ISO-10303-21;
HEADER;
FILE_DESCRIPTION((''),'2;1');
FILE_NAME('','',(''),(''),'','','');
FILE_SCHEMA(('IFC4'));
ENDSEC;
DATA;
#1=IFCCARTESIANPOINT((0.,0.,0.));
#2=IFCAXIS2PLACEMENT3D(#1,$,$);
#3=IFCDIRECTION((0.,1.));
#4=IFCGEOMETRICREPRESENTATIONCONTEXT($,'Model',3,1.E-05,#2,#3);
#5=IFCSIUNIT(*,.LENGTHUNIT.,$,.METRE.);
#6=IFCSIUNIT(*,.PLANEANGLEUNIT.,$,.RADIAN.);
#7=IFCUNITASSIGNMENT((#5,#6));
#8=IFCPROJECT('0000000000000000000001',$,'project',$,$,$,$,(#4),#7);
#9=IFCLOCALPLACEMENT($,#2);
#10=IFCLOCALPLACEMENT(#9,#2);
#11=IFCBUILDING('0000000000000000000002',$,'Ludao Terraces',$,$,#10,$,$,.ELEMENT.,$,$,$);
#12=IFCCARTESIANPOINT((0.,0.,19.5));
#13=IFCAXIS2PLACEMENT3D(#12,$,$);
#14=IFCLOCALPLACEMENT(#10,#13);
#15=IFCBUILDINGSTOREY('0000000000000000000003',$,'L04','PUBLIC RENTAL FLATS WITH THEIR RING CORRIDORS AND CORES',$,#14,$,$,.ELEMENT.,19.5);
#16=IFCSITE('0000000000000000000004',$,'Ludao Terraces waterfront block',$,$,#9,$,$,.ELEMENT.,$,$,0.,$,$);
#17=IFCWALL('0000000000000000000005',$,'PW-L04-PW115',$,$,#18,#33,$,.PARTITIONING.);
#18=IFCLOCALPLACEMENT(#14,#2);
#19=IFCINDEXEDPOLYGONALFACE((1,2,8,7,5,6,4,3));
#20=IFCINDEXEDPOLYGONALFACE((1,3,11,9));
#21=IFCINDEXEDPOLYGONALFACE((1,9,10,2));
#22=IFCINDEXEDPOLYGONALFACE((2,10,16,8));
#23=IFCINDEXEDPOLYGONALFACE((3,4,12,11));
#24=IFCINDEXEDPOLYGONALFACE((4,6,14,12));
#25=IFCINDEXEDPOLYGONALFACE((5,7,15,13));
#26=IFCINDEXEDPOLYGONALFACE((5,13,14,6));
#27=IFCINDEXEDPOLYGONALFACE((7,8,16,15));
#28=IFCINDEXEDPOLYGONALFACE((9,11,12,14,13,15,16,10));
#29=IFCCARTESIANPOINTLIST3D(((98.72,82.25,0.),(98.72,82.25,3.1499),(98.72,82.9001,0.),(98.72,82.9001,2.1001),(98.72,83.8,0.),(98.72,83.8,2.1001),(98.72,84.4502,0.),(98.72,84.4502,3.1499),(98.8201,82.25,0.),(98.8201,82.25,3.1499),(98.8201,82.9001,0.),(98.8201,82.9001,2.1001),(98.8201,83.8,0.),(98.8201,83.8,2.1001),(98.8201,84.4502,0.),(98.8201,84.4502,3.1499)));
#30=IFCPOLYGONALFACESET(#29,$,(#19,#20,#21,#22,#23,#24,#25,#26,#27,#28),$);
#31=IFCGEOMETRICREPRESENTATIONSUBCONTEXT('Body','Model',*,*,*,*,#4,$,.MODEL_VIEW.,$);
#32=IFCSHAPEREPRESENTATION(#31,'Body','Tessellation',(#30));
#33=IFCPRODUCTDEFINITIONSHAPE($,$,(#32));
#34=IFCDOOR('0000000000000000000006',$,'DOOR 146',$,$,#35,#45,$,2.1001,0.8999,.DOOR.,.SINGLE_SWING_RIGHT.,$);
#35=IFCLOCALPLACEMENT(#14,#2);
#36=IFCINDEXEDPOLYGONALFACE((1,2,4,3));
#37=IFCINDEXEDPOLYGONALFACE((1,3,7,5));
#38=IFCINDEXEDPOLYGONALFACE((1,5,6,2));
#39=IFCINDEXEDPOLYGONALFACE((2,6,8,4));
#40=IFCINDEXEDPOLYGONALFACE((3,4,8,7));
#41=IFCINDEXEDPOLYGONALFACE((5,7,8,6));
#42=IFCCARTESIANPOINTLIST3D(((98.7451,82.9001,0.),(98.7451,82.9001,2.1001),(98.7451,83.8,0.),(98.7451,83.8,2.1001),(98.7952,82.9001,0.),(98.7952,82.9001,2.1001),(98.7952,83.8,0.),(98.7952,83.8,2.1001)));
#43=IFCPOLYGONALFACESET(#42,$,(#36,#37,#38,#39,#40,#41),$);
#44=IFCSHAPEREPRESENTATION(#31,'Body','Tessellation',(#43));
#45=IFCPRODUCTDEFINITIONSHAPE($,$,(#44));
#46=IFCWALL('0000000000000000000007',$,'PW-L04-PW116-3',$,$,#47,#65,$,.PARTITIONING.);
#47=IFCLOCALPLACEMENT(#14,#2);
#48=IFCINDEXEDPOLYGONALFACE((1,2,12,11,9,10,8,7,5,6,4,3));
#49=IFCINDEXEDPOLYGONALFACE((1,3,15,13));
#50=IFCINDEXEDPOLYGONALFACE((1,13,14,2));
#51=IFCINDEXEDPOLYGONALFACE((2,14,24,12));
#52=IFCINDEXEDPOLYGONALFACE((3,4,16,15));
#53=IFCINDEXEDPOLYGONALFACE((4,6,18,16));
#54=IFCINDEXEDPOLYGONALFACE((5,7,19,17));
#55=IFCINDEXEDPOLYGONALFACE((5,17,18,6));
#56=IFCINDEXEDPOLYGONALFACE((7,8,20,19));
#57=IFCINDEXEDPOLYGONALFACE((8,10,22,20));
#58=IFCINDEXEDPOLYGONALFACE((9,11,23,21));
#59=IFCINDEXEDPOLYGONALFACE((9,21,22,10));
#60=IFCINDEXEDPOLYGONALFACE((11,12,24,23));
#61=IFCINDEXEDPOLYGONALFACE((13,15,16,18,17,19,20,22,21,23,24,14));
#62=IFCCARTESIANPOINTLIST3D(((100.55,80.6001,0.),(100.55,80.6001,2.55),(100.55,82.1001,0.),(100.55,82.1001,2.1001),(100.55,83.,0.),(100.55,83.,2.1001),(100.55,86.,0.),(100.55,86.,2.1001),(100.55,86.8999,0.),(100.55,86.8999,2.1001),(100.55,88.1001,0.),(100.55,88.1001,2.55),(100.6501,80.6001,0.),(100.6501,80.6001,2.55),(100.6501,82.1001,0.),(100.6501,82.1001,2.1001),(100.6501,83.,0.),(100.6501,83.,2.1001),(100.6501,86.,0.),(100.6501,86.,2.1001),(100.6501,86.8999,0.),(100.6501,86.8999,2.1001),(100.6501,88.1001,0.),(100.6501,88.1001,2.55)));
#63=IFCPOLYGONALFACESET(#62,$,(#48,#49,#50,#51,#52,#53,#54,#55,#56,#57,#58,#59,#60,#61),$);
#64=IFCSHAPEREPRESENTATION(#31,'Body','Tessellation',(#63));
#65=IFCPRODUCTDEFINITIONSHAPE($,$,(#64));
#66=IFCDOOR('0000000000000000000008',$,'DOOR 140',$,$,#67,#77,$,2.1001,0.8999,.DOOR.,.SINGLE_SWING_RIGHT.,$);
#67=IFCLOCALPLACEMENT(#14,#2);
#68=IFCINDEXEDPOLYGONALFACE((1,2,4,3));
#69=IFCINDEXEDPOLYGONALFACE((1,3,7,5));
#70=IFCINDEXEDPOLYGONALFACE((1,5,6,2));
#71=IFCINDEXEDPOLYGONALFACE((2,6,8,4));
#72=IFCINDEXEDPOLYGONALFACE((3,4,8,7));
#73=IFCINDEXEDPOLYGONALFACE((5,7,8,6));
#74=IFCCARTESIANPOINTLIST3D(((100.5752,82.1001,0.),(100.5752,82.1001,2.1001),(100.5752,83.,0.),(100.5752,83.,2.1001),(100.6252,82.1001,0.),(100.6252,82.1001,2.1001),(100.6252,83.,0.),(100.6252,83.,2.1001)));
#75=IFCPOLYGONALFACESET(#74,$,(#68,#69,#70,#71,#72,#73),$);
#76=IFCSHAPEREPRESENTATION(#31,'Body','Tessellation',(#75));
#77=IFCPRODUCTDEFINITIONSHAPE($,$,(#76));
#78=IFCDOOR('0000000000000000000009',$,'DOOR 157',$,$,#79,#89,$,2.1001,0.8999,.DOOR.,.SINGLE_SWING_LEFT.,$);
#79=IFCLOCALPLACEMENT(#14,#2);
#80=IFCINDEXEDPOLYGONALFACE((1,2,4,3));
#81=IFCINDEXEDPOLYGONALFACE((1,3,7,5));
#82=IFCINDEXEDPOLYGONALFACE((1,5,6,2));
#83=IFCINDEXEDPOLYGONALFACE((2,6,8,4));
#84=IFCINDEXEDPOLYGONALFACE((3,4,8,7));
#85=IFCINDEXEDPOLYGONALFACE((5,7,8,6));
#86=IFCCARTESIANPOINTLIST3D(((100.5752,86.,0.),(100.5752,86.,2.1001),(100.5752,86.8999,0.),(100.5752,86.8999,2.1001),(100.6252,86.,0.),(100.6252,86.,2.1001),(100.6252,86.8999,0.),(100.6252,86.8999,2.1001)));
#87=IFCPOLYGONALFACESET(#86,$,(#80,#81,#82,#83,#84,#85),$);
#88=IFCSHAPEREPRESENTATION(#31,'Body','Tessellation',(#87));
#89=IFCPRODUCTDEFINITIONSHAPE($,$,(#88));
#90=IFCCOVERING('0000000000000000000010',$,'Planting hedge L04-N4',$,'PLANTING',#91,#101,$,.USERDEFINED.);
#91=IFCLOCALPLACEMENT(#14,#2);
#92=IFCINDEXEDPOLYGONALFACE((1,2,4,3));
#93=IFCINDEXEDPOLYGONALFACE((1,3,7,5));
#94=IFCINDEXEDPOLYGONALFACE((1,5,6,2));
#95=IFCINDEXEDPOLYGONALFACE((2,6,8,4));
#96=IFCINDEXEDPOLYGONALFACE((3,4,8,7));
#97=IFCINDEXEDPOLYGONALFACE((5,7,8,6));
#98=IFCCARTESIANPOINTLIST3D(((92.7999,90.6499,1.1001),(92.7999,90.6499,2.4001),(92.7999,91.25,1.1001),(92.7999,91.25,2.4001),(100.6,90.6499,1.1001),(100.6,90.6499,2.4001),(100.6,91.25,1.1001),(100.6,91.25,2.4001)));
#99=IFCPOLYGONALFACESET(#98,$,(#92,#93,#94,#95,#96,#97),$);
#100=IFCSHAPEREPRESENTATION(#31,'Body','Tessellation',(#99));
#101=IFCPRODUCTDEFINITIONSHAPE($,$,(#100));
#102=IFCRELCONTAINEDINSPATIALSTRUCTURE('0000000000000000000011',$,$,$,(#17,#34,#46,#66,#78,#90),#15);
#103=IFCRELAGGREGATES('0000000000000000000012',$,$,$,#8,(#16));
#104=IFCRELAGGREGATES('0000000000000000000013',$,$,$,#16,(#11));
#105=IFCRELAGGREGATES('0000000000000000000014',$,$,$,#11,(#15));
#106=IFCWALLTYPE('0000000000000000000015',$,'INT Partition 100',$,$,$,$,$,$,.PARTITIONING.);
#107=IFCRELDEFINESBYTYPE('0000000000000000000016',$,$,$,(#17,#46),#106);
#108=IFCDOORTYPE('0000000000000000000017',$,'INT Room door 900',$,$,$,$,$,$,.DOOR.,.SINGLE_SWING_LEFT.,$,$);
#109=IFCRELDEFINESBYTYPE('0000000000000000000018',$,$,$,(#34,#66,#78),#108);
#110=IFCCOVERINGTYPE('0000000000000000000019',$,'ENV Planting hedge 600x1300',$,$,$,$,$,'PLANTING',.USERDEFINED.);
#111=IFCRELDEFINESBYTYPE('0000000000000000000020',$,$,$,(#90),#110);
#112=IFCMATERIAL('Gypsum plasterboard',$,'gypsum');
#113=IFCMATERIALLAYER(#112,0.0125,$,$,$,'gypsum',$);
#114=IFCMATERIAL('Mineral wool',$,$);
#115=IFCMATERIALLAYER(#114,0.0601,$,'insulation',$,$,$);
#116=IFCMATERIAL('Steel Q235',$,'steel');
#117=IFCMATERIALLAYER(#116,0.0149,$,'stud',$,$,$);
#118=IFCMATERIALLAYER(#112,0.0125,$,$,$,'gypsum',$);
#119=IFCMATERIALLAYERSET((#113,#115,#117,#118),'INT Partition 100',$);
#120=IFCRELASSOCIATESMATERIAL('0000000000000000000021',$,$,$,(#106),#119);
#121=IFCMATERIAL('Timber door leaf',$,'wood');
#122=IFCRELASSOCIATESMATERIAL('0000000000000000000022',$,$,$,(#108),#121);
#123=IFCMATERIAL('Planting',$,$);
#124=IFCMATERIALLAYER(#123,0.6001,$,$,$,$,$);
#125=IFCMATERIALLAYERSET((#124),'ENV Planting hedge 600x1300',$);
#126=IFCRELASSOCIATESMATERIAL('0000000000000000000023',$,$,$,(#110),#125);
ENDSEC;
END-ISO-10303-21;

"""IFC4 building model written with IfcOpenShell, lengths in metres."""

from ifc_helpers import new_model, si_unit, direction, frame, frame_2d, origin, origin_2d, place, context, subcontext, project, spatial, rectangle, extrude, material, layer, layer_set, type_object, element, fill, save


model = new_model("IFC4")

# Units and contexts
model_context = context("Model", 3, precision=1e-05, world=origin(), true_north=direction((0.0, 1.0)))
body_context = subcontext(model_context, "Body", "Model", "MODEL_VIEW")
ifc_project = project(units=[si_unit("LENGTHUNIT", "METRE"), si_unit("PLANEANGLEUNIT", "RADIAN")], contexts=[model_context])

# Site, building, storey
site_placement = place(None, origin())
site = spatial("IfcSite", under=ifc_project, at=site_placement, Name="Ludao Terraces waterfront block", CompositionType="ELEMENT", RefElevation=0.0)
building_placement = place(site_placement, origin())
building = spatial("IfcBuilding", under=site, at=building_placement, Name="Ludao Terraces", CompositionType="ELEMENT")
storey_placement = place(building_placement, frame((0.0, 0.0, 19.5)))
storey = spatial("IfcBuildingStorey", under=building, at=storey_placement, Name="L04", Description="PUBLIC RENTAL FLATS WITH THEIR RING CORRIDORS AND CORES", CompositionType="ELEMENT", Elevation=19.5)

# Shared definitions
ifc_material_1 = material(Name="Gypsum plasterboard", Category="gypsum")
ifc_layer_1 = layer(ifc_material_1, 0.0125, Category="gypsum")
ifc_material_2 = material(Name="Mineral wool")
ifc_layer_2 = layer(ifc_material_2, 0.0601, Name="insulation")
ifc_material_3 = material(Name="Steel Q235", Category="steel")
ifc_layer_3 = layer(ifc_material_3, 0.0149, Name="stud")
ifc_layer_4 = layer(ifc_material_1, 0.0125, Category="gypsum")
ifc_layer_set_1 = layer_set([ifc_layer_1, ifc_layer_2, ifc_layer_3, ifc_layer_4], Name="INT Partition 100")
wall_type_1 = type_object("IfcWallType", Name="INT Partition 100", PredefinedType="PARTITIONING", material=ifc_layer_set_1)

# Wall, opening, door
ifc_material_4 = material(Name="Timber door leaf", Category="wood")
door_type = type_object("IfcDoorType", Name="INT Room door 900", OperationType="SINGLE_SWING_LEFT", PredefinedType="DOOR", material=ifc_material_4)
wall_1_placement = place(storey_placement, frame((98.77, 82.25, 0.0), z_axis=(0.0, 0.0, 1.0), x_axis=(0.0, 1.0, 0.0)))
wall_1 = element("IfcWall", 1, at=wall_1_placement, inside=storey, type_object=wall_type_1, Name="PW-L04-PW115", PredefinedType="PARTITIONING", context=body_context, shape_type="SweptSolid", body=[
    extrude(rectangle(XDim=2.2002, YDim=0.1001, at=frame_2d((1.1001, 0.0))), origin(), (0.0, 0.0, 1.0), 3.1499),
])
opening_1_placement = place(wall_1_placement, frame((0.6501, 0.0, 0.0)))
opening_1 = element("IfcOpeningElement", 2, at=opening_1_placement, cuts=wall_1, PredefinedType="OPENING", context=body_context, shape_type="SweptSolid", body=[
    extrude(rectangle(XDim=0.8999, YDim=2.1001, at=frame_2d((0.45, 1.05))), frame((0.0, 0.0601, 0.0), z_axis=(0.0, -1.0, 0.0), x_axis=(1.0, 0.0, 0.0)), (0.0, 0.0, 1.0), 0.1201),
])
door_1_placement = place(opening_1_placement, origin())
door_1 = element("IfcDoor", 3, at=door_1_placement, inside=storey, type_object=door_type, Name="DOOR 146", OperationType="SINGLE_SWING_RIGHT", OverallHeight=2.1001, OverallWidth=0.8999, PredefinedType="DOOR", context=body_context, shape_type="SweptSolid", body=[
    extrude(rectangle(XDim=0.8999, YDim=2.1001, at=frame_2d((0.45, 1.05))), frame((0.0, 0.0249, 0.0), z_axis=(0.0, -1.0, 0.0), x_axis=(1.0, 0.0, 0.0)), (0.0, 0.0, 1.0), 0.05),
])
fill(opening_1, door_1)

# Wall, openings, doors
wall_2_placement = place(storey_placement, frame((100.6001, 80.6001, 0.0), z_axis=(0.0, 0.0, 1.0), x_axis=(0.0, 1.0, 0.0)))
wall_2 = element("IfcWall", 4, at=wall_2_placement, inside=storey, type_object=wall_type_1, Name="PW-L04-PW116-3", PredefinedType="PARTITIONING", context=body_context, shape_type="SweptSolid", body=[
    extrude(rectangle(XDim=7.5, YDim=0.1001, at=frame_2d((3.75, 0.0))), origin(), (0.0, 0.0, 1.0), 2.55),
])
opening_2_placement = place(wall_2_placement, frame((1.5, 0.0, 0.0)))
opening_2 = element("IfcOpeningElement", 5, at=opening_2_placement, cuts=wall_2, PredefinedType="OPENING", context=body_context, shape_type="SweptSolid", body=[
    extrude(rectangle(XDim=0.8999, YDim=2.1001, at=frame_2d((0.45, 1.05))), frame((0.0, 0.0601, 0.0), z_axis=(0.0, -1.0, 0.0), x_axis=(1.0, 0.0, 0.0)), (0.0, 0.0, 1.0), 0.1201),
])
opening_3_placement = place(wall_2_placement, frame((5.3999, 0.0, 0.0)))
opening_3 = element("IfcOpeningElement", 6, at=opening_3_placement, cuts=wall_2, PredefinedType="OPENING", context=body_context, shape_type="SweptSolid", body=[
    extrude(rectangle(XDim=0.8999, YDim=2.1001, at=frame_2d((0.45, 1.05))), frame((0.0, 0.0601, 0.0), z_axis=(0.0, -1.0, 0.0), x_axis=(1.0, 0.0, 0.0)), (0.0, 0.0, 1.0), 0.1201),
])
door_2_placement = place(opening_2_placement, origin())
door_2 = element("IfcDoor", 7, at=door_2_placement, inside=storey, type_object=door_type, Name="DOOR 140", OperationType="SINGLE_SWING_RIGHT", OverallHeight=2.1001, OverallWidth=0.8999, PredefinedType="DOOR", context=body_context, shape_type="SweptSolid", body=[
    extrude(rectangle(XDim=0.8999, YDim=2.1001, at=frame_2d((0.45, 1.05))), frame((0.0, 0.0249, 0.0), z_axis=(0.0, -1.0, 0.0), x_axis=(1.0, 0.0, 0.0)), (0.0, 0.0, 1.0), 0.05),
])
fill(opening_2, door_2)
door_3_placement = place(opening_3_placement, origin())
door_3 = element("IfcDoor", 8, at=door_3_placement, inside=storey, type_object=door_type, Name="DOOR 157", OperationType="SINGLE_SWING_LEFT", OverallHeight=2.1001, OverallWidth=0.8999, PredefinedType="DOOR", context=body_context, shape_type="SweptSolid", body=[
    extrude(rectangle(XDim=0.8999, YDim=2.1001, at=frame_2d((0.45, 1.05))), frame((0.0, 0.0249, 0.0), z_axis=(0.0, -1.0, 0.0), x_axis=(1.0, 0.0, 0.0)), (0.0, 0.0, 1.0), 0.05),
])
fill(opening_3, door_3)

# Covering
ifc_material_5 = material(Name="Planting")
ifc_layer_5 = layer(ifc_material_5, 0.6001)
ifc_layer_set_2 = layer_set([ifc_layer_5], Name="ENV Planting hedge 600x1300")
covering_type = type_object("IfcCoveringType", Name="ENV Planting hedge 600x1300", ElementType="PLANTING", PredefinedType="USERDEFINED", material=ifc_layer_set_2)
covering_placement = place(storey_placement, frame((96.7, 90.95, 1.1001), z_axis=(0.0, 0.0, 1.0), x_axis=(1.0, 0.0, 0.0)))
element("IfcCovering", 9, at=covering_placement, inside=storey, type_object=covering_type, Name="Planting hedge L04-N4", ObjectType="PLANTING", PredefinedType="USERDEFINED", context=body_context, shape_type="SweptSolid", body=[
    extrude(rectangle(XDim=7.8, YDim=0.6001, at=origin_2d()), origin(), (0.0, 0.0, 1.0), 1.3),
])

save(model, "model.ifc")
